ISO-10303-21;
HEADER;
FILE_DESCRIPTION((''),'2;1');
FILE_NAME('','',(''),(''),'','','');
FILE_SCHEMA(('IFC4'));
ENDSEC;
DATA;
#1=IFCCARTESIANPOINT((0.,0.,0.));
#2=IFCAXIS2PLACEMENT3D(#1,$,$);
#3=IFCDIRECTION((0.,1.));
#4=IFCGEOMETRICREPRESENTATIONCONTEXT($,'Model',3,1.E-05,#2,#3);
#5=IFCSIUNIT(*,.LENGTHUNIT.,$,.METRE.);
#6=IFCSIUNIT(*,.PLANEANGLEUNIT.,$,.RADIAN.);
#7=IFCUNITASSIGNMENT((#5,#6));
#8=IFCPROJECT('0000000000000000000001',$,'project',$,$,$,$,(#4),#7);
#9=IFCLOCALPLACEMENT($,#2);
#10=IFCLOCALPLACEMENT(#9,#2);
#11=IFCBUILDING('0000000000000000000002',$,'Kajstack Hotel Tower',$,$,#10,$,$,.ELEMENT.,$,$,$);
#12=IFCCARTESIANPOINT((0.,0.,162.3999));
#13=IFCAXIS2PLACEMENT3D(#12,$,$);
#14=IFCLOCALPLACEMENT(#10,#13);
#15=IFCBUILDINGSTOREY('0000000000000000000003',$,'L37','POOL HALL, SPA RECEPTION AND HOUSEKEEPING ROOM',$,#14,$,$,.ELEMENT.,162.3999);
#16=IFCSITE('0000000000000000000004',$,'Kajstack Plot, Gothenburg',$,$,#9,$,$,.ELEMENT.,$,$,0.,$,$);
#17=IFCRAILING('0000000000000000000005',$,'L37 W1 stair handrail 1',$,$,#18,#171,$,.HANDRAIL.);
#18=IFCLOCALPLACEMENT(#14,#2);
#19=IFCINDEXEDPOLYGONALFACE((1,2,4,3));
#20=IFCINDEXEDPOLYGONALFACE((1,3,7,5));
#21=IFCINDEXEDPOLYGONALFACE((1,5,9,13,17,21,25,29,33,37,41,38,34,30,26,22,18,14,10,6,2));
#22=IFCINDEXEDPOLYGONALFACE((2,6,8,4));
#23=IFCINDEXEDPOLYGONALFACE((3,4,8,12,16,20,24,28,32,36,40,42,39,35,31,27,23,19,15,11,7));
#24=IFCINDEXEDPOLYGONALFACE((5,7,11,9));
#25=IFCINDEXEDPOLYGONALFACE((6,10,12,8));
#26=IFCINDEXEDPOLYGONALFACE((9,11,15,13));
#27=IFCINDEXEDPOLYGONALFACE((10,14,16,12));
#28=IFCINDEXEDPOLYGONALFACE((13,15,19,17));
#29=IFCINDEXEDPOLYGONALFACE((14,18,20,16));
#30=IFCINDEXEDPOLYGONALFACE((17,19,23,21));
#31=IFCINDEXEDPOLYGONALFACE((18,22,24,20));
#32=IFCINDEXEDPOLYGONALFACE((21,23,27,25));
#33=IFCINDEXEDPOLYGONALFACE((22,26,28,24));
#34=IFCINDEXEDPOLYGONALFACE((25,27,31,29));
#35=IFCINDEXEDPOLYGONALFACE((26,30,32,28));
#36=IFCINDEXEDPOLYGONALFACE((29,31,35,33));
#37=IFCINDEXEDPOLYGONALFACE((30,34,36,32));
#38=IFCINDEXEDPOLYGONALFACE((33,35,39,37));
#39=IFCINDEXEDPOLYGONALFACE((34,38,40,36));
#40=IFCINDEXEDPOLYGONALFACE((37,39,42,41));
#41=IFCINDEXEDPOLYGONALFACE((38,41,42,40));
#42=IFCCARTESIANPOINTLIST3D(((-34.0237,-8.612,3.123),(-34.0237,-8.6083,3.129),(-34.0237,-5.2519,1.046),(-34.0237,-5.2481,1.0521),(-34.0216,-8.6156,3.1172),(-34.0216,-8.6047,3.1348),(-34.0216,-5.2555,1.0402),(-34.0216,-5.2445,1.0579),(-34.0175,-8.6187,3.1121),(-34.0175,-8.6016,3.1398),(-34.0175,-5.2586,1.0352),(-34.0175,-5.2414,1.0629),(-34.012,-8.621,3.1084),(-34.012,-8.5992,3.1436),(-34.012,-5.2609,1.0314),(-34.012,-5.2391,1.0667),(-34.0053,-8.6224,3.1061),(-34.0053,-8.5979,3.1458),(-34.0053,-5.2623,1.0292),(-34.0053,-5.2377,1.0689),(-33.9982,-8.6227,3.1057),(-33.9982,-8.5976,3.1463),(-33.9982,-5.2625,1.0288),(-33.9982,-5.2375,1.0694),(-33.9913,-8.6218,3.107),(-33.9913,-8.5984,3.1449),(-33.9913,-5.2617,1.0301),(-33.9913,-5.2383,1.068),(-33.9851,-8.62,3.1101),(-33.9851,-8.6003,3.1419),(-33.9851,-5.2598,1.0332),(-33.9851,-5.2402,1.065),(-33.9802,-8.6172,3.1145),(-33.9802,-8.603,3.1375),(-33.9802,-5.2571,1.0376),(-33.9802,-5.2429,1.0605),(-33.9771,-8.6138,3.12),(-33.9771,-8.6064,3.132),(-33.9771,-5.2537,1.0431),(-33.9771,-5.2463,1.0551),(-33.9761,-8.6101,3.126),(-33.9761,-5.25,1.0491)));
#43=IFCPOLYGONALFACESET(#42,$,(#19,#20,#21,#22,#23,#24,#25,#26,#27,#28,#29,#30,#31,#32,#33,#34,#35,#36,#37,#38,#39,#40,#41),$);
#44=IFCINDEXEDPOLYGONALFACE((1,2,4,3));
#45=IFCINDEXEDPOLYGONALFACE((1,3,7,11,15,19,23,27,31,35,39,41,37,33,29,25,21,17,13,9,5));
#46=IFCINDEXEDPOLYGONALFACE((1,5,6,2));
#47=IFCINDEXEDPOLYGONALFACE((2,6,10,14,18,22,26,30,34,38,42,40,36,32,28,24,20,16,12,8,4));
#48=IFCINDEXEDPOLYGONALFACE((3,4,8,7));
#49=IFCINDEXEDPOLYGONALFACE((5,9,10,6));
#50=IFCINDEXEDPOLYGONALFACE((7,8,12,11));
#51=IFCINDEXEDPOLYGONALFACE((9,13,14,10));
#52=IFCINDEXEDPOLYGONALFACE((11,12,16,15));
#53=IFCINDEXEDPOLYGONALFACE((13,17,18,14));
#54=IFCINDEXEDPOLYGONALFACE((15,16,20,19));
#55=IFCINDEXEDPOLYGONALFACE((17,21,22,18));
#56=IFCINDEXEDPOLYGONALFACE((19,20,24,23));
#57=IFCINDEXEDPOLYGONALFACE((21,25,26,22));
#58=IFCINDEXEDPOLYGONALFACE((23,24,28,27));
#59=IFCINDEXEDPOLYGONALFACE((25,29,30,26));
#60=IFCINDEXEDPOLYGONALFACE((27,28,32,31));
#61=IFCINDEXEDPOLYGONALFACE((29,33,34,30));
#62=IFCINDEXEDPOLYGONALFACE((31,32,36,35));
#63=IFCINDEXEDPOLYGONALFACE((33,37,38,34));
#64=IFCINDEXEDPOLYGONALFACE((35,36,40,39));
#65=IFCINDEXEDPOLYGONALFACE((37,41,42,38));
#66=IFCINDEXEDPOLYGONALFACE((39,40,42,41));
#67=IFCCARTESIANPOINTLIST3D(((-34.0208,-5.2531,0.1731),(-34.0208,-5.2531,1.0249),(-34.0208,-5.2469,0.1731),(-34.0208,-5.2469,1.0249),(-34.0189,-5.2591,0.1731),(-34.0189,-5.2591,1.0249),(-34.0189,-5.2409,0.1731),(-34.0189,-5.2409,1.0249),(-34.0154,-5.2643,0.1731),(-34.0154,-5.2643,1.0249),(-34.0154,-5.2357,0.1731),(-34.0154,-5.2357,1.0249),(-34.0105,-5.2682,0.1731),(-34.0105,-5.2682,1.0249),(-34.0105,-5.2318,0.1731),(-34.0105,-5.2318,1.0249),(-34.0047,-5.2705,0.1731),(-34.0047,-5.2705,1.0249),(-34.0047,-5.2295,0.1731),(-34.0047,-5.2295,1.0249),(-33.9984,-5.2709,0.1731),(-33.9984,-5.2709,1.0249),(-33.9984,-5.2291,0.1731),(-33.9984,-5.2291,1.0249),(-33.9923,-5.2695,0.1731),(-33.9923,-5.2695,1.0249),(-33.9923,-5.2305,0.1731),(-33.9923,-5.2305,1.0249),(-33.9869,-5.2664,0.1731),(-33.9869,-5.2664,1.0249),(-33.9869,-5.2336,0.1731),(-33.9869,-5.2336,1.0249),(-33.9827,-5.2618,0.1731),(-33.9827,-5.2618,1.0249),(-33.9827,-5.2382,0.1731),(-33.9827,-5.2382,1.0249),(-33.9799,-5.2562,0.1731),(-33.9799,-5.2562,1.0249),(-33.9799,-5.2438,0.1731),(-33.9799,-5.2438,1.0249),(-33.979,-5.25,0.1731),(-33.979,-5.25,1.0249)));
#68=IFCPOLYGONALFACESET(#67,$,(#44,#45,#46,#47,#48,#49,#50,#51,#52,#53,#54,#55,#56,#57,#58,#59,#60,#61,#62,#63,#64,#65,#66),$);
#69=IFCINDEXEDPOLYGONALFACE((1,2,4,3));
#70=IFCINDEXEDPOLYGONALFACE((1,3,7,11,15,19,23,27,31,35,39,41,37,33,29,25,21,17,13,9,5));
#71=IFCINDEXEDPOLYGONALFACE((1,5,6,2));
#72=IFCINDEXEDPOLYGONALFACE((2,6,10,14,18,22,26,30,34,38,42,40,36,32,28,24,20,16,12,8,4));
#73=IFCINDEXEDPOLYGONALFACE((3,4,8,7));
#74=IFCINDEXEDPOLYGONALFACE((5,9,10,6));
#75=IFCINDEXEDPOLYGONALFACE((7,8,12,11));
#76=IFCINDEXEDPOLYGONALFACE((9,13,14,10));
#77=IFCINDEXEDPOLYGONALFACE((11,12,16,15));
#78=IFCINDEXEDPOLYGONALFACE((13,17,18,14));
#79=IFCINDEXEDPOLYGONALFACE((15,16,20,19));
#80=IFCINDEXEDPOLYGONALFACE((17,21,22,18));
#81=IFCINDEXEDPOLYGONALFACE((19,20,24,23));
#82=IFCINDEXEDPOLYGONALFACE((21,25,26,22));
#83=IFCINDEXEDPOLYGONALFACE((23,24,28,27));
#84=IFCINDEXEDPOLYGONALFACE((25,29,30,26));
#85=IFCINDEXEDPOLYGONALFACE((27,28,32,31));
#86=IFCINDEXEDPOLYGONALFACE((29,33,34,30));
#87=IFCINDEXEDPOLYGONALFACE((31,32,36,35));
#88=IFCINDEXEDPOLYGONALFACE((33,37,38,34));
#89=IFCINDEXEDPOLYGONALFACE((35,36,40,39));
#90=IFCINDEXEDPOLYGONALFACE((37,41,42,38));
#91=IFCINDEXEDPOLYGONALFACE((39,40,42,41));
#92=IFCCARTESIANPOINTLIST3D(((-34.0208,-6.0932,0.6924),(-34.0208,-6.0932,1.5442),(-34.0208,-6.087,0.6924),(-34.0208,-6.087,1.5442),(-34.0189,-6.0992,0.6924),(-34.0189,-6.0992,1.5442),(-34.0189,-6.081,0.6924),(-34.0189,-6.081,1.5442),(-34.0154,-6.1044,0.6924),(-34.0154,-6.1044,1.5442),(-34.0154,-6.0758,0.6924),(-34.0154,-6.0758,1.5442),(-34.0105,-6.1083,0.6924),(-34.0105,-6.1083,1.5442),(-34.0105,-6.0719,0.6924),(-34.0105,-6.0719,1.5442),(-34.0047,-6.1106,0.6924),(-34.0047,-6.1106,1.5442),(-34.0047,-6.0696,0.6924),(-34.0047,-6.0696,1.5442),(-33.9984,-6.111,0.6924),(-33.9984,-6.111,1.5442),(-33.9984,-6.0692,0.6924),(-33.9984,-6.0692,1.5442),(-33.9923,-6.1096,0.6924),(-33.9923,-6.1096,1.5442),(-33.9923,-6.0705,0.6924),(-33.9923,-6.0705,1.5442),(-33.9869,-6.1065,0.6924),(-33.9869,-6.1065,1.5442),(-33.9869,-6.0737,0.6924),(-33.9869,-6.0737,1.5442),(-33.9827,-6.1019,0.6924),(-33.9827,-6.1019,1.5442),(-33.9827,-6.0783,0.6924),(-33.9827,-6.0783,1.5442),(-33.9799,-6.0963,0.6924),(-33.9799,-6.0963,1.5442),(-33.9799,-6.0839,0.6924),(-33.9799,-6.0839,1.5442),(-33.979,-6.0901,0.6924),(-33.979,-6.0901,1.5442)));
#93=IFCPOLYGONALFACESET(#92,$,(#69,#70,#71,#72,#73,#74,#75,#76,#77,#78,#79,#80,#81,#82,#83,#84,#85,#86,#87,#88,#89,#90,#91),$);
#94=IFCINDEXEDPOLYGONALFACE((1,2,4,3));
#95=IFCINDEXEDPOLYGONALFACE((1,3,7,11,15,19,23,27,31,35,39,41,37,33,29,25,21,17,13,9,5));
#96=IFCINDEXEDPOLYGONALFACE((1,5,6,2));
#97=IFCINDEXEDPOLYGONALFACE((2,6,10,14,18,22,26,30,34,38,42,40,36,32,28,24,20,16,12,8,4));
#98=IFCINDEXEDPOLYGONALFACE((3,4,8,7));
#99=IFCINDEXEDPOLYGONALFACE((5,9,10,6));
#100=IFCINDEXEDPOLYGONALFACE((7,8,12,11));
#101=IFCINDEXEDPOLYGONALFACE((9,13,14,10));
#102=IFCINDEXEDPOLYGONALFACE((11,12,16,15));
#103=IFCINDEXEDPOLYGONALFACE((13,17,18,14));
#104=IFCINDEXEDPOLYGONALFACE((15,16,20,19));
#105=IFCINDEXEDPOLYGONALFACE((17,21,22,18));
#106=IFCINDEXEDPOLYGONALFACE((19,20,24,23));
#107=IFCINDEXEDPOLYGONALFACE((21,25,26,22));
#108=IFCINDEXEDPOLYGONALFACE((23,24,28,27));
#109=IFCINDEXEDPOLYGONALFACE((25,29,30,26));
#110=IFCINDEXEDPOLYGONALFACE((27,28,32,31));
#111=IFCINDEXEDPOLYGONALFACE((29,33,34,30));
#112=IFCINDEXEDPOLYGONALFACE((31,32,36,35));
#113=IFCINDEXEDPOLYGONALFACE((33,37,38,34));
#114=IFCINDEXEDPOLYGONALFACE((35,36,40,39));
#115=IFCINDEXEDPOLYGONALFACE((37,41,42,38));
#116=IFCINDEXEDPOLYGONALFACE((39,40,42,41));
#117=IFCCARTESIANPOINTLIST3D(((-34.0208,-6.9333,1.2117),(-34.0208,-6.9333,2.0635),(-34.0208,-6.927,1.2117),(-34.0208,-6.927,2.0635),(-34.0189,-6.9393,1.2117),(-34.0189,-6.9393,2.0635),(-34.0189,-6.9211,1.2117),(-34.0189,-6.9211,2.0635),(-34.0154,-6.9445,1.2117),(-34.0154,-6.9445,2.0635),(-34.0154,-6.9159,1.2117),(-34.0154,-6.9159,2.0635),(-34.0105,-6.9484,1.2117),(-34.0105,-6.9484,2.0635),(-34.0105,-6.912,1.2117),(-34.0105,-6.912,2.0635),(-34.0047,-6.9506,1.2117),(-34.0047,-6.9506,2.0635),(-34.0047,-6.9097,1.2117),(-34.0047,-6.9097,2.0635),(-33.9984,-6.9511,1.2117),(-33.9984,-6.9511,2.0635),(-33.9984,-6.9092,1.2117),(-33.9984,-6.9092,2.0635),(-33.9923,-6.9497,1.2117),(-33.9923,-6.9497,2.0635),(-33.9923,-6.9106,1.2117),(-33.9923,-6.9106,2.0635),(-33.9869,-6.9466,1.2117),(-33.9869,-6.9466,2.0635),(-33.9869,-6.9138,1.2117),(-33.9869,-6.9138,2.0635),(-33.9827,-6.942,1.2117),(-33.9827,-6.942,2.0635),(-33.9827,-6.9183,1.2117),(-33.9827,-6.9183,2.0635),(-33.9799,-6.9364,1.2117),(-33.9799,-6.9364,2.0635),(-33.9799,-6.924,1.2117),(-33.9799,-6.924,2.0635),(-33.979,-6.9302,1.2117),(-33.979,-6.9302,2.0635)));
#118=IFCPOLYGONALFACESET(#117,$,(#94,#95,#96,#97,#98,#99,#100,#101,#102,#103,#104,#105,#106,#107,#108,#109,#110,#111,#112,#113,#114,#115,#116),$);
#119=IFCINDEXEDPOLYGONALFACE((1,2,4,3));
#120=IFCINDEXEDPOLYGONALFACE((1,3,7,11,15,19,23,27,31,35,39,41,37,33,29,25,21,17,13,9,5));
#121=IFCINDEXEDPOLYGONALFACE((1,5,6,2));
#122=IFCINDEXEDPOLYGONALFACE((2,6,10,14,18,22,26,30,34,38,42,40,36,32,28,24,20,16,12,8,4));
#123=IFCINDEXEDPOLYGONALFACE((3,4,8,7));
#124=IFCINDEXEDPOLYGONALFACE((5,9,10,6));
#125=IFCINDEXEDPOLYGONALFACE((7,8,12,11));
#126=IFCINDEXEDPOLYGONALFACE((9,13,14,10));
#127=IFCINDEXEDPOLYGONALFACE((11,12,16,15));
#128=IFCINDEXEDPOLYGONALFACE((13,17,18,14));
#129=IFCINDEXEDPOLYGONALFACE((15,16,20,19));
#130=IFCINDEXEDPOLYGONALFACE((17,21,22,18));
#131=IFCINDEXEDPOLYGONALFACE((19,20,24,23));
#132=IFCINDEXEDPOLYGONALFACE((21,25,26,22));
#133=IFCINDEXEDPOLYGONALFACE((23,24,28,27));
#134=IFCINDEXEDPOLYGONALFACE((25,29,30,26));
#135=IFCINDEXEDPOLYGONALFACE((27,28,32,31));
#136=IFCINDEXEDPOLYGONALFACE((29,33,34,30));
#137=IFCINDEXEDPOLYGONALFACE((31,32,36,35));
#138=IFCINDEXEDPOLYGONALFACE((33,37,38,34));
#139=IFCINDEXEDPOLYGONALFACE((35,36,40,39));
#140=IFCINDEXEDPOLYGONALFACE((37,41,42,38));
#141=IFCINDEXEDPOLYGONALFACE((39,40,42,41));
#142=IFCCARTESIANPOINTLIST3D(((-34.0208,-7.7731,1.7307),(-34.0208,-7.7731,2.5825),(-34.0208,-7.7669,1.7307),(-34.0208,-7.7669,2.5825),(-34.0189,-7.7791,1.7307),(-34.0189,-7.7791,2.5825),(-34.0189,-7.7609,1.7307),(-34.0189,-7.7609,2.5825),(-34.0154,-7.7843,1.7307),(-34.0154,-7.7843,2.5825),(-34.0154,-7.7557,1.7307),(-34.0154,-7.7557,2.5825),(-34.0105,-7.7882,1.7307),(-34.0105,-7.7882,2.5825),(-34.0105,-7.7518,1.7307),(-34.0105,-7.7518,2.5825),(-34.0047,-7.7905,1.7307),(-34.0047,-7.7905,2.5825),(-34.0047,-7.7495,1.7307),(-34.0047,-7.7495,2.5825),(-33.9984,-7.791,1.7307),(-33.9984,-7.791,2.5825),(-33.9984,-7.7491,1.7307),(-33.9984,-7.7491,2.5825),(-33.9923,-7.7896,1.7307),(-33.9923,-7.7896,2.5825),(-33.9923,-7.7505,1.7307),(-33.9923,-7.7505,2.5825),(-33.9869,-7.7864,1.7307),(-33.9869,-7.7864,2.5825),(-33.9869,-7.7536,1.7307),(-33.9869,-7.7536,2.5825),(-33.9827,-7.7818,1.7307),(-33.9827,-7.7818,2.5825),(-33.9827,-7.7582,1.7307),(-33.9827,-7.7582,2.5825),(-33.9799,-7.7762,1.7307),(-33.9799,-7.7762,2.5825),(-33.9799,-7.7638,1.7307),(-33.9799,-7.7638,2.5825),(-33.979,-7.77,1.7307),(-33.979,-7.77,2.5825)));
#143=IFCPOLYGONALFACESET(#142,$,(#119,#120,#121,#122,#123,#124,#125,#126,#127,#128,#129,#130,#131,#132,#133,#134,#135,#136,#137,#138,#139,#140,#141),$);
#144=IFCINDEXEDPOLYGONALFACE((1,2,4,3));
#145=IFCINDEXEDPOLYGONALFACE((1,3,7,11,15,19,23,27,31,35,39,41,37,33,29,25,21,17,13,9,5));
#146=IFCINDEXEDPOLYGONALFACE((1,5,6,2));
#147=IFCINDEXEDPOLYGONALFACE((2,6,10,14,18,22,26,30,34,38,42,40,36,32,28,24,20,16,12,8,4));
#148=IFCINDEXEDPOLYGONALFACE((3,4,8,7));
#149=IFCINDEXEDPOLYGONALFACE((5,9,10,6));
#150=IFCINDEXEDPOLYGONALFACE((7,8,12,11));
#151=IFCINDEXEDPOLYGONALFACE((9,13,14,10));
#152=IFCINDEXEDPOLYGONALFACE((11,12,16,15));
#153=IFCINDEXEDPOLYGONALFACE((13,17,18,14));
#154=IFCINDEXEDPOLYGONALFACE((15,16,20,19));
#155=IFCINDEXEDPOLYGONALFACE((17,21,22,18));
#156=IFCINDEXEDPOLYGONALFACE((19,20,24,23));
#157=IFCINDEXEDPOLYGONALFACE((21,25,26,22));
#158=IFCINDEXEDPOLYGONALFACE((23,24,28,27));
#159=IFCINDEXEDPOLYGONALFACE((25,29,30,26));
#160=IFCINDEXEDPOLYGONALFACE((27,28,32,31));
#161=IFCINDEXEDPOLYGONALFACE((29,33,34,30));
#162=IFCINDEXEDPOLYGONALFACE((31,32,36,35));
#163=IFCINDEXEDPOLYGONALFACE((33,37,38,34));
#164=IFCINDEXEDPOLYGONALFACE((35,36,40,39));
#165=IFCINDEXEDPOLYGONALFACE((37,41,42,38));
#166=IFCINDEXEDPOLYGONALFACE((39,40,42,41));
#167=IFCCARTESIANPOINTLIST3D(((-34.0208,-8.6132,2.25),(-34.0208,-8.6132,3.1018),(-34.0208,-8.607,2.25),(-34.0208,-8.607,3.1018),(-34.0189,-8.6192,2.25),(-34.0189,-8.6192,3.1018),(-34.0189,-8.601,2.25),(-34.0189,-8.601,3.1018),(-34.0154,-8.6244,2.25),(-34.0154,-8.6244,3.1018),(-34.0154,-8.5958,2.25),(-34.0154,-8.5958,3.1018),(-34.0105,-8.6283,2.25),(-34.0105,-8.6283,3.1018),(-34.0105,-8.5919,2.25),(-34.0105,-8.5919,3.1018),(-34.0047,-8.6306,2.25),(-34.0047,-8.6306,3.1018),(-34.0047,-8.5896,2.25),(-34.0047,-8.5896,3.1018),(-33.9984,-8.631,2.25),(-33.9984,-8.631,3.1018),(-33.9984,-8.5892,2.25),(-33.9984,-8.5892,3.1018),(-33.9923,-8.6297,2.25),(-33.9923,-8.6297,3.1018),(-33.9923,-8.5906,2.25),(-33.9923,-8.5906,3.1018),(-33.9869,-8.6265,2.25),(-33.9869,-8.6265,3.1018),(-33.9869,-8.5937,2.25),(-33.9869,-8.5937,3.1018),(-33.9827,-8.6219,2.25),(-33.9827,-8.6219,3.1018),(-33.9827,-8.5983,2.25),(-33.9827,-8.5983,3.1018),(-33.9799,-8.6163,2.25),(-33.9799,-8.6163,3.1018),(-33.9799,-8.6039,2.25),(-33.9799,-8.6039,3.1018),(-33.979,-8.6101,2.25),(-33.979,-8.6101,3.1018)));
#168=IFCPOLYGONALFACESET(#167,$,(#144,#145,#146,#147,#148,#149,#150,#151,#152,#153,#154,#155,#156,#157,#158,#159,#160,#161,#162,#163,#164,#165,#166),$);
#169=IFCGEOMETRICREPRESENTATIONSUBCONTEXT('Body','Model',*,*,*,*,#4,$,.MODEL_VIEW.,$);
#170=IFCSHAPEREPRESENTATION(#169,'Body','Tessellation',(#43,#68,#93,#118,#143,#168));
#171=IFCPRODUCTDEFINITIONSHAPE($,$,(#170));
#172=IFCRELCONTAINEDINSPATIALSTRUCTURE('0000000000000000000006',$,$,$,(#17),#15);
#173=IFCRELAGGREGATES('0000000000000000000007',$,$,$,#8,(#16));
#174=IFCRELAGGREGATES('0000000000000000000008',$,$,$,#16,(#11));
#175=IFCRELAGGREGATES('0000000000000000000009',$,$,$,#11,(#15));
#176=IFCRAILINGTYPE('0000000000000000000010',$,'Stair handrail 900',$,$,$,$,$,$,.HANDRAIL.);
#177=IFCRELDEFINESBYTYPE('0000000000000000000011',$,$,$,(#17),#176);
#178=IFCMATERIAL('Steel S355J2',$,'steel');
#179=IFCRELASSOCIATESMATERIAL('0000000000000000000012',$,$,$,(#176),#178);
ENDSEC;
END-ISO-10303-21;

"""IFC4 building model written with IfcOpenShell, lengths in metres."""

from ifc_helpers import new_model, si_unit, direction, frame, origin, origin_2d, place, context, subcontext, project, spatial, circle, extrude, material, type_object, element, save


model = new_model("IFC4")

# Units and contexts
model_context = context("Model", 3, precision=1e-05, world=origin(), true_north=direction((0.0, 1.0)))
body_context = subcontext(model_context, "Body", "Model", "MODEL_VIEW")
ifc_project = project(units=[si_unit("LENGTHUNIT", "METRE"), si_unit("PLANEANGLEUNIT", "RADIAN")], contexts=[model_context])

# Site, building, storey
site_placement = place(None, origin())
site = spatial("IfcSite", under=ifc_project, at=site_placement, Name="Kajstack Plot, Gothenburg", CompositionType="ELEMENT", RefElevation=0.0)
building_placement = place(site_placement, origin())
building = spatial("IfcBuilding", under=site, at=building_placement, Name="Kajstack Hotel Tower", CompositionType="ELEMENT")
storey_placement = place(building_placement, frame((0.0, 0.0, 162.3999)))
storey = spatial("IfcBuildingStorey", under=building, at=storey_placement, Name="L37", Description="POOL HALL, SPA RECEPTION AND HOUSEKEEPING ROOM", CompositionType="ELEMENT", Elevation=162.3999)

# Railing
ifc_material_1 = material(Name="Steel S355J2", Category="steel")
railing_type_1 = type_object("IfcRailingType", Name="Stair handrail 900", PredefinedType="HANDRAIL", material=ifc_material_1)
railing_1_placement = place(storey_placement, frame((-34.0, -5.25, 0.1731)))
element("IfcRailing", 1, at=railing_1_placement, inside=storey, type_object=railing_type_1, Name="L37 W1 stair handrail 1", PredefinedType="HANDRAIL", context=body_context, shape_type="SweptSolid", body=[
    extrude(circle(Radius=0.0239, at=origin_2d()), frame((0.0, 0.0, 0.876), z_axis=(0.0, -0.850623, 0.525776), x_axis=(1.0, 0.0, 0.0)), (0.0, 0.0, 1.0), 3.9502),
    extrude(circle(Radius=0.021, at=origin_2d()), origin(), (0.0, 0.0, 1.0), 0.8518),
    extrude(circle(Radius=0.021, at=origin_2d()), frame((0.0, -0.8401, 0.5193)), (0.0, 0.0, 1.0), 0.8518),
    extrude(circle(Radius=0.021, at=origin_2d()), frame((0.0, -1.6802, 1.0386)), (0.0, 0.0, 1.0), 0.8518),
    extrude(circle(Radius=0.021, at=origin_2d()), frame((0.0, -2.52, 1.5576)), (0.0, 0.0, 1.0), 0.8518),
    extrude(circle(Radius=0.021, at=origin_2d()), frame((0.0, -3.3601, 2.0769)), (0.0, 0.0, 1.0), 0.8518),
])

save(model, "model.ifc")
